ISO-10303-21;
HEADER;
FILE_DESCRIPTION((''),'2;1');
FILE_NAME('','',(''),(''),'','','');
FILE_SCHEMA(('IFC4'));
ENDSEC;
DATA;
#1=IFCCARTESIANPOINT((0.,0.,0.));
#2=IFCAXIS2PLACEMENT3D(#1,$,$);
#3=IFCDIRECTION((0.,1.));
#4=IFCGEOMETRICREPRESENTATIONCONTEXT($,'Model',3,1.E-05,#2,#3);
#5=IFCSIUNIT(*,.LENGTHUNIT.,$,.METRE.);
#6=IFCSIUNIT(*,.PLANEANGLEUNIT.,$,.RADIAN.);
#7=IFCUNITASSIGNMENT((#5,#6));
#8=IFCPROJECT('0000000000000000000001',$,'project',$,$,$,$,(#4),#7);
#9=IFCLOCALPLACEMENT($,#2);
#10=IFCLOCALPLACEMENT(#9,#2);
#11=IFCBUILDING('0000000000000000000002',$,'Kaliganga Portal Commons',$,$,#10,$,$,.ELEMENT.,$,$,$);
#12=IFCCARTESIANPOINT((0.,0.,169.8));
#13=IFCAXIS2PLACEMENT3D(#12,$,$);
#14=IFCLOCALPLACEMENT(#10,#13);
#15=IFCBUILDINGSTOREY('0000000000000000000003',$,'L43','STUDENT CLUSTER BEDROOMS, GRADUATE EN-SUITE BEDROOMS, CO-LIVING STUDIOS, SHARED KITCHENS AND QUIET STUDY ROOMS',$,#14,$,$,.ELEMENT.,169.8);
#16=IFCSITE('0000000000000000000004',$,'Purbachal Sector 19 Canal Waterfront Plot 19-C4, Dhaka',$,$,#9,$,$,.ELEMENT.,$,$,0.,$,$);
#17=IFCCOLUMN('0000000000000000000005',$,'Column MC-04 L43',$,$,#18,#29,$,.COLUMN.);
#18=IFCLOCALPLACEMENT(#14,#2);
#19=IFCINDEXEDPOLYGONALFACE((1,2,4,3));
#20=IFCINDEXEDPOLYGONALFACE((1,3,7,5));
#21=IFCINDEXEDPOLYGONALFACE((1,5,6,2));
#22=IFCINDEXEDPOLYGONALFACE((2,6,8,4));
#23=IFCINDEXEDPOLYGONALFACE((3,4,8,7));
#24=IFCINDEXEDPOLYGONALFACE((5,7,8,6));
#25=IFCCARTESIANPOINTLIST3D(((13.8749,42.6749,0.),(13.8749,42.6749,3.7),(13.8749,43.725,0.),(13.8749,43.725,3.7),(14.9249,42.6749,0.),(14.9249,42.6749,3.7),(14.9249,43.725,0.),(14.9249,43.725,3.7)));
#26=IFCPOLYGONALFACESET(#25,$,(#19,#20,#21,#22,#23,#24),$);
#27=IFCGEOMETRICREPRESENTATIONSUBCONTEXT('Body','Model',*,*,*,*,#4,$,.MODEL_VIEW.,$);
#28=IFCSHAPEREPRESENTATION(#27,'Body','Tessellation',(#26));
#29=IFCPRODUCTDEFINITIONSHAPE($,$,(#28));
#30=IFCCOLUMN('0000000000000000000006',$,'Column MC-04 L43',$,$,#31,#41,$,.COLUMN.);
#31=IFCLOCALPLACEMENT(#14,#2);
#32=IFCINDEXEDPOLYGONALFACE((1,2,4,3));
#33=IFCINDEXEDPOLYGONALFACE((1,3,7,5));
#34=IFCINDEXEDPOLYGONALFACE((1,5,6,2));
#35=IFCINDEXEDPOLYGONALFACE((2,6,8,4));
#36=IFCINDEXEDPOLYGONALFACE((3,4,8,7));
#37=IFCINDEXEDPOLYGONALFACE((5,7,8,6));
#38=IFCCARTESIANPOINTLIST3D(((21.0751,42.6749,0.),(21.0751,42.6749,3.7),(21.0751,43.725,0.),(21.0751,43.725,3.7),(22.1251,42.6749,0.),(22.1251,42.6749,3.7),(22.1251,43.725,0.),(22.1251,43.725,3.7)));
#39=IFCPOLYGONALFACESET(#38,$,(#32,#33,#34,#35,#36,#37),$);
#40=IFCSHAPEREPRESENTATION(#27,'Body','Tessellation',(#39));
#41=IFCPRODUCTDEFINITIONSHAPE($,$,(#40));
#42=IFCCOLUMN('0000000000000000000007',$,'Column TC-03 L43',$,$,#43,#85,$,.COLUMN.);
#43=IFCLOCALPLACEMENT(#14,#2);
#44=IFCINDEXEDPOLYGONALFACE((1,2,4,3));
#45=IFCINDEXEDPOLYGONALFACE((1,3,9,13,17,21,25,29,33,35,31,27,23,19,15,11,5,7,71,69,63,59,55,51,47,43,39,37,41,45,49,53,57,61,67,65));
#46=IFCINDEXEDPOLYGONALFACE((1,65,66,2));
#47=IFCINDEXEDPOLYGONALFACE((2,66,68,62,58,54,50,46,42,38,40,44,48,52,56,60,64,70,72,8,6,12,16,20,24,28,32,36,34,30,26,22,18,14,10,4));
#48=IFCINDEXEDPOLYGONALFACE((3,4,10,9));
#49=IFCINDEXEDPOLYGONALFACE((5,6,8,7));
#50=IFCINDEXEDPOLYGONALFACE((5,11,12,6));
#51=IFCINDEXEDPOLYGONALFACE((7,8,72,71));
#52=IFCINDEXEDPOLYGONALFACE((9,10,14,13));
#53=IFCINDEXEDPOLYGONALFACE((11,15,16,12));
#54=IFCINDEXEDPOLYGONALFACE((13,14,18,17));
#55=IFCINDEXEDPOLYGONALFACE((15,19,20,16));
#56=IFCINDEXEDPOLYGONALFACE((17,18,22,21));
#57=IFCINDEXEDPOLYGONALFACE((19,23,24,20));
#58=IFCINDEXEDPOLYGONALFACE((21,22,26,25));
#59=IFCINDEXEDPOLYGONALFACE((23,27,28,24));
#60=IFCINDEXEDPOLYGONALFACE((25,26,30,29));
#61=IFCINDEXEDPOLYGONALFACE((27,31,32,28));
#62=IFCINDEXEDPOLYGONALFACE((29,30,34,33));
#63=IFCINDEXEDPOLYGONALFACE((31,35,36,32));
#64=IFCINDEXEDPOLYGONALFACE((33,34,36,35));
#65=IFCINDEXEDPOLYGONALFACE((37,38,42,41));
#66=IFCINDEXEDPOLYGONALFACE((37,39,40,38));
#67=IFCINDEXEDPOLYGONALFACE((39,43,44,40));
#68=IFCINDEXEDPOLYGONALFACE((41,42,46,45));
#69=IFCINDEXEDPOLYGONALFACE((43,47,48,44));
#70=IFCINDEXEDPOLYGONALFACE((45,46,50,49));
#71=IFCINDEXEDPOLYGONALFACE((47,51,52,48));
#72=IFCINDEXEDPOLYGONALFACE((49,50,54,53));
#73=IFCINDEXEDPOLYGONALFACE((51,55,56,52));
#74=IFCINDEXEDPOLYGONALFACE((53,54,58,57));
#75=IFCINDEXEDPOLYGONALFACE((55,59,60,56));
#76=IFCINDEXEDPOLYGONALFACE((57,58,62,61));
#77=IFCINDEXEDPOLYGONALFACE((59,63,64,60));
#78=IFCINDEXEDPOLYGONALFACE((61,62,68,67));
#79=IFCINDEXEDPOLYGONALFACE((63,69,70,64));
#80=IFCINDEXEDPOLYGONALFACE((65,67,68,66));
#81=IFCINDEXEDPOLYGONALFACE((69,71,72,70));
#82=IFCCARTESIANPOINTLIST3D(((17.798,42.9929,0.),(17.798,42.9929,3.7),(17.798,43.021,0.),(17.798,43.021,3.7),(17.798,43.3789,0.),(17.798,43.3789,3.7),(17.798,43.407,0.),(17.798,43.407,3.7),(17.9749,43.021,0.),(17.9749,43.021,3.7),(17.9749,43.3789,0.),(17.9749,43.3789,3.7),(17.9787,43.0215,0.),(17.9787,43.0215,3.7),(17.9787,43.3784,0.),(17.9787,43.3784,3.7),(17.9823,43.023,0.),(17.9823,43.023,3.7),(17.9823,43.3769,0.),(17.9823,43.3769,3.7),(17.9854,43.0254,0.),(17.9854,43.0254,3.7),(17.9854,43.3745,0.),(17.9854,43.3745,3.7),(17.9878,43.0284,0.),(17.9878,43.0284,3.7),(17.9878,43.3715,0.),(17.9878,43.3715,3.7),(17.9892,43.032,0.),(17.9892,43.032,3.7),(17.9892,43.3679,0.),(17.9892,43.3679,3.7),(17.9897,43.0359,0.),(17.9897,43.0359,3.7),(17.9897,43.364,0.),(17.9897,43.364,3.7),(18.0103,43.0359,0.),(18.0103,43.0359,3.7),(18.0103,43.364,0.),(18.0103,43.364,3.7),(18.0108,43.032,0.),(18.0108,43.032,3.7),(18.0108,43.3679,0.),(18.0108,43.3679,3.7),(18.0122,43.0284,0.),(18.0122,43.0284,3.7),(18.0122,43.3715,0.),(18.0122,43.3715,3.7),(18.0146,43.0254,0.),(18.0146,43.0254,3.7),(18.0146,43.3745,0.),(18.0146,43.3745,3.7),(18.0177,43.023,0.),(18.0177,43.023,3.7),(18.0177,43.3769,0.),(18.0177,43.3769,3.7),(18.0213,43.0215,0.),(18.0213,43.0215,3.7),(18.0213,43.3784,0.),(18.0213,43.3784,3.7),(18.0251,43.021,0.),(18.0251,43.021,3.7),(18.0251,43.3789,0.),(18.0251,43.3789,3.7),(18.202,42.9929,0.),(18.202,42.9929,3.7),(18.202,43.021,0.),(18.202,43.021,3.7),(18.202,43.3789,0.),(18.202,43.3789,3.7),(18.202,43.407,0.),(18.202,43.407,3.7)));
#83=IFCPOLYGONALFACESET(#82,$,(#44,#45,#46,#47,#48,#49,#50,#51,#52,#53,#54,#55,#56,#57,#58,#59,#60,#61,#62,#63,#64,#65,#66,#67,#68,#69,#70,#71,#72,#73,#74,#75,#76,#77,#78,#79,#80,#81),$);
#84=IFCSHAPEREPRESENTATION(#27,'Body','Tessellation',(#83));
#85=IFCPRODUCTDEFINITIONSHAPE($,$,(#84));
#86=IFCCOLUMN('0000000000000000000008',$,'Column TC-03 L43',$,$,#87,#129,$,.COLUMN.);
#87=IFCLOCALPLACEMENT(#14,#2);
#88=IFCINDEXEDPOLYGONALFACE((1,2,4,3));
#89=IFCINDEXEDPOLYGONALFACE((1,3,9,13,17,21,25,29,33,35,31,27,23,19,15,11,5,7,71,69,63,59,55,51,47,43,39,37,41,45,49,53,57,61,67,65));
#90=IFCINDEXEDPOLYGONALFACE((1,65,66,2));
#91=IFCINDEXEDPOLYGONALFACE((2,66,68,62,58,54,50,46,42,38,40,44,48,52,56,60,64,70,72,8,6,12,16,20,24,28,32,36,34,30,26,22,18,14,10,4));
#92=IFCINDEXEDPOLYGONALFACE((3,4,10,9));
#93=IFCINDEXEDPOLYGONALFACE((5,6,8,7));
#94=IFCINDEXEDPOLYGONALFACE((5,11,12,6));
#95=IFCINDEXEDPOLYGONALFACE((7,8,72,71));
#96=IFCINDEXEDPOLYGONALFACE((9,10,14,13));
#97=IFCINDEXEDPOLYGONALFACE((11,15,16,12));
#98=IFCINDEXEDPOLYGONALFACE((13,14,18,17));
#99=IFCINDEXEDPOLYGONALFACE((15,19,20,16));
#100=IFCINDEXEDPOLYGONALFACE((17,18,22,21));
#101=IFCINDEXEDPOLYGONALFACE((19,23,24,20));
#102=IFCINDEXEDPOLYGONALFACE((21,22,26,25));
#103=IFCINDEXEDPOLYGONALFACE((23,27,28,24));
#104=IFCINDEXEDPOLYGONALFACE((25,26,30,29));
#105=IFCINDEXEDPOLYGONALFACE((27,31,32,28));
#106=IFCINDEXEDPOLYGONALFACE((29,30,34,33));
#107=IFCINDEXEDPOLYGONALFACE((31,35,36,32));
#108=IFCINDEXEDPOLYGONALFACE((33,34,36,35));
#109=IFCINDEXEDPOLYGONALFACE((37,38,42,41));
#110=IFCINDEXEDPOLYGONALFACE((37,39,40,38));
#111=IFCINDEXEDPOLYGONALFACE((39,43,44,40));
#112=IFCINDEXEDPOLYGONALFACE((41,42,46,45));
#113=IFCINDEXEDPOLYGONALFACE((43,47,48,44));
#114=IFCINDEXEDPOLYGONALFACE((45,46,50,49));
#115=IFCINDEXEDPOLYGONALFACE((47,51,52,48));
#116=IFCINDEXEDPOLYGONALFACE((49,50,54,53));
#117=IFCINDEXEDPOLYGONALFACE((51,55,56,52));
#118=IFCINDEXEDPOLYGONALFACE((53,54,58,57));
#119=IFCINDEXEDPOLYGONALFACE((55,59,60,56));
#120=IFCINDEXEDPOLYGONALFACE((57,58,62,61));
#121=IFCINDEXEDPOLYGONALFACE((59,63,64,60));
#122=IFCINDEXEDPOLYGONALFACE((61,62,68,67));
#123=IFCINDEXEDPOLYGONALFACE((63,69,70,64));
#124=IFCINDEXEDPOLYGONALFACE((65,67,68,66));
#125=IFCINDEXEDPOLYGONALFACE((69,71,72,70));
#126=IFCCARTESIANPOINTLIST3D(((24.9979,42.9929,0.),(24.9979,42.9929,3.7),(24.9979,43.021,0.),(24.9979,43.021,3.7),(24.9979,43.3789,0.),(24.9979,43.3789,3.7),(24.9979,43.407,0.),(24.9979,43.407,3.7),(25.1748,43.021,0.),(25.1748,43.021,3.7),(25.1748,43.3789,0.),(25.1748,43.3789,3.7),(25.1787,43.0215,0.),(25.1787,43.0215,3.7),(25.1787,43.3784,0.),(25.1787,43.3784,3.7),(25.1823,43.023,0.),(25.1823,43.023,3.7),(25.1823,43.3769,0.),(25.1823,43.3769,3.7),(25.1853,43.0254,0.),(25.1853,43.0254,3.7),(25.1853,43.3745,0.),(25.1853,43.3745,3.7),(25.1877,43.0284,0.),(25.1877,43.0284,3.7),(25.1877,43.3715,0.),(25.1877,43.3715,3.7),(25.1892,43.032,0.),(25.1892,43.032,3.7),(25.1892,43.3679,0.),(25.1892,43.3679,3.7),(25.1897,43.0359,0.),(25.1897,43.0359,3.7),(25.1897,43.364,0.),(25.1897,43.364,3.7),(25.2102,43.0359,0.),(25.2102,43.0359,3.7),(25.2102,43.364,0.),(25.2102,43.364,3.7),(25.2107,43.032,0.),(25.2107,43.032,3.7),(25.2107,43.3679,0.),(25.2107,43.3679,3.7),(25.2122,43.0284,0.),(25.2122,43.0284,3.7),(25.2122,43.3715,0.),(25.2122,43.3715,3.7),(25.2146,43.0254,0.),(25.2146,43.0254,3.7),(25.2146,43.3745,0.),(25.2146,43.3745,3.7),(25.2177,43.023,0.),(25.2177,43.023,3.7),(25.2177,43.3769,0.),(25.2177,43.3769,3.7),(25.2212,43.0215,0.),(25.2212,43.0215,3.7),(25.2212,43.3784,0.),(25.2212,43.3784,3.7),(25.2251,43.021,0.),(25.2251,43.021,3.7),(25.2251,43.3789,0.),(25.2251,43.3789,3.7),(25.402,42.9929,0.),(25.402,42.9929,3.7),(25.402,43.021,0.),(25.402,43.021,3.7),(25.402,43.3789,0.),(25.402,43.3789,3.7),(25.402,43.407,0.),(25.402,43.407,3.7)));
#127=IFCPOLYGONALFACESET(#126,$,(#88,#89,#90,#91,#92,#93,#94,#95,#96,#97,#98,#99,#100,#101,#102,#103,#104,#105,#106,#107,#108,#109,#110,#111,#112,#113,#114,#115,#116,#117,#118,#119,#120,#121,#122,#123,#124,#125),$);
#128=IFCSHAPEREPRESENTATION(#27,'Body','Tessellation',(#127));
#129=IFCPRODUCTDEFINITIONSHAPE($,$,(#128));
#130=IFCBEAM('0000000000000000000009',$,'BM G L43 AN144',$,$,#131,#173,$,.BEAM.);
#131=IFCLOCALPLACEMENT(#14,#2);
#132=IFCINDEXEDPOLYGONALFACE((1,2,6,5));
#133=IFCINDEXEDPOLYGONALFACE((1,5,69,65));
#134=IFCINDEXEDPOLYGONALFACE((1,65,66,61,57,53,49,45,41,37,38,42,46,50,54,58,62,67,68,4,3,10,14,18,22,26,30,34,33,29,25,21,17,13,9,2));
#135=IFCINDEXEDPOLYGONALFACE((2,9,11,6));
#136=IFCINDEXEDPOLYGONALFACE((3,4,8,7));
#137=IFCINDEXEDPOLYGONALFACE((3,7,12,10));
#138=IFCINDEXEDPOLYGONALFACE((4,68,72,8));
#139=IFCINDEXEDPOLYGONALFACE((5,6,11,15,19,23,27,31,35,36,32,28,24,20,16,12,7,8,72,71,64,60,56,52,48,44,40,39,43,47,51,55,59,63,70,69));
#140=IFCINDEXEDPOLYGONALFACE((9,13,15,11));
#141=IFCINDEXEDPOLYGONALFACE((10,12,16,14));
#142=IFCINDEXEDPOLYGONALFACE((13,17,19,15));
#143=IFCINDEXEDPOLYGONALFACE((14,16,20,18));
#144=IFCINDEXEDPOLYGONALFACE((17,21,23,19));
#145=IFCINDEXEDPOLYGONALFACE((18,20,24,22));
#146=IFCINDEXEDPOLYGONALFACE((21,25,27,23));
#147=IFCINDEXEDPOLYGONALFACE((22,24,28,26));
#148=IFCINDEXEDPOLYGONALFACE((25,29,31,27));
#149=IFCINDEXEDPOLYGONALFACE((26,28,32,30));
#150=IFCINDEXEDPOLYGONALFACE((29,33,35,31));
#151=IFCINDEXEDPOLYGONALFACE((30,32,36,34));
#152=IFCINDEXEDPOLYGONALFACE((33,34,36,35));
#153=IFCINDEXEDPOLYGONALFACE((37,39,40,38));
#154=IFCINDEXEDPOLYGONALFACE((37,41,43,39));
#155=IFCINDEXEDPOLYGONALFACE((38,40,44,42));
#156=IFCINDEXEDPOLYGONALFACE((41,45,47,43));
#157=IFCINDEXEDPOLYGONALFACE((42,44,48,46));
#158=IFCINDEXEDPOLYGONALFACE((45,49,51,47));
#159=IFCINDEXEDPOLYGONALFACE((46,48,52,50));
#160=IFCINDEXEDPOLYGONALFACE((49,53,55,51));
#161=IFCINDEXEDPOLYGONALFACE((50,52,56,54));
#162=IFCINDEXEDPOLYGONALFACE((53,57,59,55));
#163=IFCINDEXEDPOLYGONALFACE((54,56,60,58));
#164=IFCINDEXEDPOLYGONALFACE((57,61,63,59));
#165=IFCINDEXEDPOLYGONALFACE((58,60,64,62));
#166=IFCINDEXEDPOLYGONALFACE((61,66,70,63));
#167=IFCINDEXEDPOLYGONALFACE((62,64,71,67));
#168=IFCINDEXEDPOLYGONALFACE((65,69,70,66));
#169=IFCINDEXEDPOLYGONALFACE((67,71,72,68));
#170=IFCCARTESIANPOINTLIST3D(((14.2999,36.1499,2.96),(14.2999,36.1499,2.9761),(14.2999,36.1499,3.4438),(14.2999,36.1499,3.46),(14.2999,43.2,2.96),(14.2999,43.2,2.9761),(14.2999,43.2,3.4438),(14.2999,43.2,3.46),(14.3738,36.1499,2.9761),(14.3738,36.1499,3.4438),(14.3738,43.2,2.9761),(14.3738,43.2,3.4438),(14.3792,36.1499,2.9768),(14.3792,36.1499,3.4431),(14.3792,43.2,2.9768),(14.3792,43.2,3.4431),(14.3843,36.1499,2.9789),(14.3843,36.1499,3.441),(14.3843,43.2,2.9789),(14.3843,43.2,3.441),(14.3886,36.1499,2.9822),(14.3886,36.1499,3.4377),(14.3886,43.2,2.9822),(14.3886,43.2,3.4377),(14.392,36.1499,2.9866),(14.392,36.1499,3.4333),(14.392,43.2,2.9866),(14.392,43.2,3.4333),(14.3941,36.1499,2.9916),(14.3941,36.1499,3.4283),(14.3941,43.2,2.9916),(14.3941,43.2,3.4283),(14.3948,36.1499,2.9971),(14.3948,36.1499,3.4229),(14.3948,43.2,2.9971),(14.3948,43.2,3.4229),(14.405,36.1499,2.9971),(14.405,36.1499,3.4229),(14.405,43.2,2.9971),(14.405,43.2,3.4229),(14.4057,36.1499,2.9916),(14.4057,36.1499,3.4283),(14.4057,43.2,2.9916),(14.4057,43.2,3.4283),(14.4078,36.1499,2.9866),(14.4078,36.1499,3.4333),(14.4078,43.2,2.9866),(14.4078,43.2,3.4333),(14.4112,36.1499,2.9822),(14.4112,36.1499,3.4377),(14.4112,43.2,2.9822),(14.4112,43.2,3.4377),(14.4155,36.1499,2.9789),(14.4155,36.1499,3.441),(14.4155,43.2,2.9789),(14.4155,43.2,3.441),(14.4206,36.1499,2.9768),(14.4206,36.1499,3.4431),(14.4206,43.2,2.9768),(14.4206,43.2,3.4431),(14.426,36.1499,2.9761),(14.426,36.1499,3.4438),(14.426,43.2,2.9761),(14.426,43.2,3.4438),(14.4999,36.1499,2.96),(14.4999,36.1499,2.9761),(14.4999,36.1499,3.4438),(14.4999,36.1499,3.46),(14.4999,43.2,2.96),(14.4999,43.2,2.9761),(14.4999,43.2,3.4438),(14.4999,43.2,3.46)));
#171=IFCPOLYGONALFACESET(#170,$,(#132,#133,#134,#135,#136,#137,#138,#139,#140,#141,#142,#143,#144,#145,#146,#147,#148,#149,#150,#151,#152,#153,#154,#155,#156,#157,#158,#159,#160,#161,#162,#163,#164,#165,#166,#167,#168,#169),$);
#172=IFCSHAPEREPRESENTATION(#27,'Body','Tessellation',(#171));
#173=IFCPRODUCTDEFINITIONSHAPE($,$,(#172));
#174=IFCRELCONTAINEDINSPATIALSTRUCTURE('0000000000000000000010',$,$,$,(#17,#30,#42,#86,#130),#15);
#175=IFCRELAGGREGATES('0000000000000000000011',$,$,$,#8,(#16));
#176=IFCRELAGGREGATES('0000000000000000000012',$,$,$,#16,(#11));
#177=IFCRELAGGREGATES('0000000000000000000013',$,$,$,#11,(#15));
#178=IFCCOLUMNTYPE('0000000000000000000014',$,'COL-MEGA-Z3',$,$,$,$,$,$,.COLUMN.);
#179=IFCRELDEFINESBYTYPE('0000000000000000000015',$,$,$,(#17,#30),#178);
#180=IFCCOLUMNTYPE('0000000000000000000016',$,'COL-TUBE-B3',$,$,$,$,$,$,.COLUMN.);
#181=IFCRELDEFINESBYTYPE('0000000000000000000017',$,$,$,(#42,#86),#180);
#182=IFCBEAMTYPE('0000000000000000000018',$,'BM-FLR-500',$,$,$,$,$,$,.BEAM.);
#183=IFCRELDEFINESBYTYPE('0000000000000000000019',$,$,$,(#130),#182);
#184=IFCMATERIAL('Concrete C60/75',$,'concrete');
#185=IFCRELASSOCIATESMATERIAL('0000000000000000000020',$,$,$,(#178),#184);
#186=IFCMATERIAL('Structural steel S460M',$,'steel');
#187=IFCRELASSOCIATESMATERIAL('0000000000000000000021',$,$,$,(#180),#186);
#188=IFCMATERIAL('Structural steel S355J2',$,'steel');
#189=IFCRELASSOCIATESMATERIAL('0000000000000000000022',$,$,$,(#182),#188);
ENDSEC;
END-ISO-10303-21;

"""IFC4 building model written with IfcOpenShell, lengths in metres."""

from ifc_helpers import new_model, si_unit, direction, frame, origin, origin_2d, place, context, subcontext, project, spatial, rectangle, i_section, extrude, source, transform, mapped, material, material_profile, profile_set, type_object, element, save


model = new_model("IFC4")

# Units and contexts
model_context = context("Model", 3, precision=1e-05, world=origin(), true_north=direction((0.0, 1.0)))
body_context = subcontext(model_context, "Body", "Model", "MODEL_VIEW")
ifc_project = project(units=[si_unit("LENGTHUNIT", "METRE"), si_unit("PLANEANGLEUNIT", "RADIAN")], contexts=[model_context])

# Site, building, storey
site_placement = place(None, origin())
site = spatial("IfcSite", under=ifc_project, at=site_placement, Name="Purbachal Sector 19 Canal Waterfront Plot 19-C4, Dhaka", CompositionType="ELEMENT", RefElevation=0.0)
building_placement = place(site_placement, origin())
building = spatial("IfcBuilding", under=site, at=building_placement, Name="Kaliganga Portal Commons", CompositionType="ELEMENT")
storey_placement = place(building_placement, frame((0.0, 0.0, 169.8)))
storey = spatial("IfcBuildingStorey", under=building, at=storey_placement, Name="L43", Description="STUDENT CLUSTER BEDROOMS, GRADUATE EN-SUITE BEDROOMS, CO-LIVING STUDIOS, SHARED KITCHENS AND QUIET STUDY ROOMS", CompositionType="ELEMENT", Elevation=169.8)

# Columns
ifc_material_1 = material(Name="Concrete C60/75", Category="concrete")
ifc_material_profile_1 = material_profile(ifc_material_1, rectangle(XDim=1.05, YDim=1.05, at=origin_2d()), Name="RC 1050x1050")
ifc_profile_set_1 = profile_set([ifc_material_profile_1], Name="Concrete C60/75")
column_type_1 = type_object("IfcColumnType", Name="COL-MEGA-Z3", PredefinedType="COLUMN", material=ifc_profile_set_1)
shared_shape_1 = source(origin(), body_context, "Body", "SweptSolid", [
    extrude(rectangle(XDim=1.05, YDim=1.05, at=origin_2d()), origin(), (0.0, 0.0, 1.0), 3.7),
])
for number, where, z_axis, x_axis, name in (
    (1, (14.3999, 43.2, 0.0), (0.0, 0.0, 1.0), (1.0, 0.0, 0.0), "Column MC-04 L43"),
    (2, (21.6001, 43.2, 0.0), (0.0, 0.0, 1.0), (1.0, 0.0, 0.0), "Column MC-04 L43"),
):
    element("IfcColumn", number, at=place(storey_placement, frame(where, z_axis=z_axis, x_axis=x_axis)), inside=storey, type_object=column_type_1, Name=name, PredefinedType="COLUMN", context=body_context, shape_type="MappedRepresentation", body=[
        mapped(shared_shape_1, transform((0.0, 0.0, 0.0), x_axis=(1.0, 0.0, 0.0), y_axis=(0.0, 1.0, 0.0), z_axis=(0.0, 0.0, 1.0), scale=1.0)),
    ])
ifc_material_2 = material(Name="Structural steel S460M", Category="steel")
ifc_material_profile_2 = material_profile(ifc_material_2, i_section(OverallWidth=0.4041, OverallDepth=0.4141, WebThickness=0.0205, FlangeThickness=0.0281, FilletRadius=0.0149, at=origin_2d()), Name="HD 400x347")
ifc_profile_set_2 = profile_set([ifc_material_profile_2], Name="Structural steel S460M wide-flange")
column_type_2 = type_object("IfcColumnType", Name="COL-TUBE-B3", PredefinedType="COLUMN", material=ifc_profile_set_2)
shared_shape_2 = source(origin(), body_context, "Body", "SweptSolid", [
    extrude(i_section(OverallWidth=0.4041, OverallDepth=0.4141, WebThickness=0.0205, FlangeThickness=0.0281, FilletRadius=0.0149, at=origin_2d()), origin(), (0.0, 0.0, 1.0), 3.7),
])
for number, where, z_axis, x_axis, name in (
    (3, (18.0, 43.2, 0.0), (0.0, 0.0, 1.0), (1.0, 0.0, 0.0), "Column TC-03 L43"),
    (4, (25.2, 43.2, 0.0), (0.0, 0.0, 1.0), (1.0, 0.0, 0.0), "Column TC-03 L43"),
):
    element("IfcColumn", number, at=place(storey_placement, frame(where, z_axis=z_axis, x_axis=x_axis)), inside=storey, type_object=column_type_2, Name=name, PredefinedType="COLUMN", context=body_context, shape_type="MappedRepresentation", body=[
        mapped(shared_shape_2, transform((0.0, 0.0, 0.0), x_axis=(1.0, 0.0, 0.0), y_axis=(0.0, 1.0, 0.0), z_axis=(0.0, 0.0, 1.0), scale=1.0)),
    ])

# Beam
ifc_material_3 = material(Name="Structural steel S355J2", Category="steel")
ifc_material_profile_3 = material_profile(ifc_material_3, i_section(OverallWidth=0.2, OverallDepth=0.5, WebThickness=0.0103, FlangeThickness=0.0161, FilletRadius=0.021, at=origin_2d()), Name="IPE 500")
ifc_profile_set_3 = profile_set([ifc_material_profile_3], Name="Structural steel S355J2 wide-flange")
beam_type_1 = type_object("IfcBeamType", Name="BM-FLR-500", PredefinedType="BEAM", material=ifc_profile_set_3)
shared_shape_3 = source(origin(), body_context, "Body", "SweptSolid", [
    extrude(i_section(OverallWidth=0.2, OverallDepth=0.5, WebThickness=0.0103, FlangeThickness=0.0161, FilletRadius=0.021, at=origin_2d()), origin(), (0.0, 0.0, 1.0), 7.05),
])
beam_1_placement = place(storey_placement, frame((14.3999, 36.1499, 3.21), z_axis=(0.0, 1.0, 0.0), x_axis=(-1.0, 0.0, 0.0)))
element("IfcBeam", 5, at=beam_1_placement, inside=storey, type_object=beam_type_1, Name="BM G L43 AN144", PredefinedType="BEAM", context=body_context, shape_type="MappedRepresentation", body=[
    mapped(shared_shape_3, transform((0.0, 0.0, 0.0), x_axis=(1.0, 0.0, 0.0), y_axis=(0.0, 1.0, 0.0), z_axis=(0.0, 0.0, 1.0), scale=1.0)),
])

save(model, "model.ifc")
